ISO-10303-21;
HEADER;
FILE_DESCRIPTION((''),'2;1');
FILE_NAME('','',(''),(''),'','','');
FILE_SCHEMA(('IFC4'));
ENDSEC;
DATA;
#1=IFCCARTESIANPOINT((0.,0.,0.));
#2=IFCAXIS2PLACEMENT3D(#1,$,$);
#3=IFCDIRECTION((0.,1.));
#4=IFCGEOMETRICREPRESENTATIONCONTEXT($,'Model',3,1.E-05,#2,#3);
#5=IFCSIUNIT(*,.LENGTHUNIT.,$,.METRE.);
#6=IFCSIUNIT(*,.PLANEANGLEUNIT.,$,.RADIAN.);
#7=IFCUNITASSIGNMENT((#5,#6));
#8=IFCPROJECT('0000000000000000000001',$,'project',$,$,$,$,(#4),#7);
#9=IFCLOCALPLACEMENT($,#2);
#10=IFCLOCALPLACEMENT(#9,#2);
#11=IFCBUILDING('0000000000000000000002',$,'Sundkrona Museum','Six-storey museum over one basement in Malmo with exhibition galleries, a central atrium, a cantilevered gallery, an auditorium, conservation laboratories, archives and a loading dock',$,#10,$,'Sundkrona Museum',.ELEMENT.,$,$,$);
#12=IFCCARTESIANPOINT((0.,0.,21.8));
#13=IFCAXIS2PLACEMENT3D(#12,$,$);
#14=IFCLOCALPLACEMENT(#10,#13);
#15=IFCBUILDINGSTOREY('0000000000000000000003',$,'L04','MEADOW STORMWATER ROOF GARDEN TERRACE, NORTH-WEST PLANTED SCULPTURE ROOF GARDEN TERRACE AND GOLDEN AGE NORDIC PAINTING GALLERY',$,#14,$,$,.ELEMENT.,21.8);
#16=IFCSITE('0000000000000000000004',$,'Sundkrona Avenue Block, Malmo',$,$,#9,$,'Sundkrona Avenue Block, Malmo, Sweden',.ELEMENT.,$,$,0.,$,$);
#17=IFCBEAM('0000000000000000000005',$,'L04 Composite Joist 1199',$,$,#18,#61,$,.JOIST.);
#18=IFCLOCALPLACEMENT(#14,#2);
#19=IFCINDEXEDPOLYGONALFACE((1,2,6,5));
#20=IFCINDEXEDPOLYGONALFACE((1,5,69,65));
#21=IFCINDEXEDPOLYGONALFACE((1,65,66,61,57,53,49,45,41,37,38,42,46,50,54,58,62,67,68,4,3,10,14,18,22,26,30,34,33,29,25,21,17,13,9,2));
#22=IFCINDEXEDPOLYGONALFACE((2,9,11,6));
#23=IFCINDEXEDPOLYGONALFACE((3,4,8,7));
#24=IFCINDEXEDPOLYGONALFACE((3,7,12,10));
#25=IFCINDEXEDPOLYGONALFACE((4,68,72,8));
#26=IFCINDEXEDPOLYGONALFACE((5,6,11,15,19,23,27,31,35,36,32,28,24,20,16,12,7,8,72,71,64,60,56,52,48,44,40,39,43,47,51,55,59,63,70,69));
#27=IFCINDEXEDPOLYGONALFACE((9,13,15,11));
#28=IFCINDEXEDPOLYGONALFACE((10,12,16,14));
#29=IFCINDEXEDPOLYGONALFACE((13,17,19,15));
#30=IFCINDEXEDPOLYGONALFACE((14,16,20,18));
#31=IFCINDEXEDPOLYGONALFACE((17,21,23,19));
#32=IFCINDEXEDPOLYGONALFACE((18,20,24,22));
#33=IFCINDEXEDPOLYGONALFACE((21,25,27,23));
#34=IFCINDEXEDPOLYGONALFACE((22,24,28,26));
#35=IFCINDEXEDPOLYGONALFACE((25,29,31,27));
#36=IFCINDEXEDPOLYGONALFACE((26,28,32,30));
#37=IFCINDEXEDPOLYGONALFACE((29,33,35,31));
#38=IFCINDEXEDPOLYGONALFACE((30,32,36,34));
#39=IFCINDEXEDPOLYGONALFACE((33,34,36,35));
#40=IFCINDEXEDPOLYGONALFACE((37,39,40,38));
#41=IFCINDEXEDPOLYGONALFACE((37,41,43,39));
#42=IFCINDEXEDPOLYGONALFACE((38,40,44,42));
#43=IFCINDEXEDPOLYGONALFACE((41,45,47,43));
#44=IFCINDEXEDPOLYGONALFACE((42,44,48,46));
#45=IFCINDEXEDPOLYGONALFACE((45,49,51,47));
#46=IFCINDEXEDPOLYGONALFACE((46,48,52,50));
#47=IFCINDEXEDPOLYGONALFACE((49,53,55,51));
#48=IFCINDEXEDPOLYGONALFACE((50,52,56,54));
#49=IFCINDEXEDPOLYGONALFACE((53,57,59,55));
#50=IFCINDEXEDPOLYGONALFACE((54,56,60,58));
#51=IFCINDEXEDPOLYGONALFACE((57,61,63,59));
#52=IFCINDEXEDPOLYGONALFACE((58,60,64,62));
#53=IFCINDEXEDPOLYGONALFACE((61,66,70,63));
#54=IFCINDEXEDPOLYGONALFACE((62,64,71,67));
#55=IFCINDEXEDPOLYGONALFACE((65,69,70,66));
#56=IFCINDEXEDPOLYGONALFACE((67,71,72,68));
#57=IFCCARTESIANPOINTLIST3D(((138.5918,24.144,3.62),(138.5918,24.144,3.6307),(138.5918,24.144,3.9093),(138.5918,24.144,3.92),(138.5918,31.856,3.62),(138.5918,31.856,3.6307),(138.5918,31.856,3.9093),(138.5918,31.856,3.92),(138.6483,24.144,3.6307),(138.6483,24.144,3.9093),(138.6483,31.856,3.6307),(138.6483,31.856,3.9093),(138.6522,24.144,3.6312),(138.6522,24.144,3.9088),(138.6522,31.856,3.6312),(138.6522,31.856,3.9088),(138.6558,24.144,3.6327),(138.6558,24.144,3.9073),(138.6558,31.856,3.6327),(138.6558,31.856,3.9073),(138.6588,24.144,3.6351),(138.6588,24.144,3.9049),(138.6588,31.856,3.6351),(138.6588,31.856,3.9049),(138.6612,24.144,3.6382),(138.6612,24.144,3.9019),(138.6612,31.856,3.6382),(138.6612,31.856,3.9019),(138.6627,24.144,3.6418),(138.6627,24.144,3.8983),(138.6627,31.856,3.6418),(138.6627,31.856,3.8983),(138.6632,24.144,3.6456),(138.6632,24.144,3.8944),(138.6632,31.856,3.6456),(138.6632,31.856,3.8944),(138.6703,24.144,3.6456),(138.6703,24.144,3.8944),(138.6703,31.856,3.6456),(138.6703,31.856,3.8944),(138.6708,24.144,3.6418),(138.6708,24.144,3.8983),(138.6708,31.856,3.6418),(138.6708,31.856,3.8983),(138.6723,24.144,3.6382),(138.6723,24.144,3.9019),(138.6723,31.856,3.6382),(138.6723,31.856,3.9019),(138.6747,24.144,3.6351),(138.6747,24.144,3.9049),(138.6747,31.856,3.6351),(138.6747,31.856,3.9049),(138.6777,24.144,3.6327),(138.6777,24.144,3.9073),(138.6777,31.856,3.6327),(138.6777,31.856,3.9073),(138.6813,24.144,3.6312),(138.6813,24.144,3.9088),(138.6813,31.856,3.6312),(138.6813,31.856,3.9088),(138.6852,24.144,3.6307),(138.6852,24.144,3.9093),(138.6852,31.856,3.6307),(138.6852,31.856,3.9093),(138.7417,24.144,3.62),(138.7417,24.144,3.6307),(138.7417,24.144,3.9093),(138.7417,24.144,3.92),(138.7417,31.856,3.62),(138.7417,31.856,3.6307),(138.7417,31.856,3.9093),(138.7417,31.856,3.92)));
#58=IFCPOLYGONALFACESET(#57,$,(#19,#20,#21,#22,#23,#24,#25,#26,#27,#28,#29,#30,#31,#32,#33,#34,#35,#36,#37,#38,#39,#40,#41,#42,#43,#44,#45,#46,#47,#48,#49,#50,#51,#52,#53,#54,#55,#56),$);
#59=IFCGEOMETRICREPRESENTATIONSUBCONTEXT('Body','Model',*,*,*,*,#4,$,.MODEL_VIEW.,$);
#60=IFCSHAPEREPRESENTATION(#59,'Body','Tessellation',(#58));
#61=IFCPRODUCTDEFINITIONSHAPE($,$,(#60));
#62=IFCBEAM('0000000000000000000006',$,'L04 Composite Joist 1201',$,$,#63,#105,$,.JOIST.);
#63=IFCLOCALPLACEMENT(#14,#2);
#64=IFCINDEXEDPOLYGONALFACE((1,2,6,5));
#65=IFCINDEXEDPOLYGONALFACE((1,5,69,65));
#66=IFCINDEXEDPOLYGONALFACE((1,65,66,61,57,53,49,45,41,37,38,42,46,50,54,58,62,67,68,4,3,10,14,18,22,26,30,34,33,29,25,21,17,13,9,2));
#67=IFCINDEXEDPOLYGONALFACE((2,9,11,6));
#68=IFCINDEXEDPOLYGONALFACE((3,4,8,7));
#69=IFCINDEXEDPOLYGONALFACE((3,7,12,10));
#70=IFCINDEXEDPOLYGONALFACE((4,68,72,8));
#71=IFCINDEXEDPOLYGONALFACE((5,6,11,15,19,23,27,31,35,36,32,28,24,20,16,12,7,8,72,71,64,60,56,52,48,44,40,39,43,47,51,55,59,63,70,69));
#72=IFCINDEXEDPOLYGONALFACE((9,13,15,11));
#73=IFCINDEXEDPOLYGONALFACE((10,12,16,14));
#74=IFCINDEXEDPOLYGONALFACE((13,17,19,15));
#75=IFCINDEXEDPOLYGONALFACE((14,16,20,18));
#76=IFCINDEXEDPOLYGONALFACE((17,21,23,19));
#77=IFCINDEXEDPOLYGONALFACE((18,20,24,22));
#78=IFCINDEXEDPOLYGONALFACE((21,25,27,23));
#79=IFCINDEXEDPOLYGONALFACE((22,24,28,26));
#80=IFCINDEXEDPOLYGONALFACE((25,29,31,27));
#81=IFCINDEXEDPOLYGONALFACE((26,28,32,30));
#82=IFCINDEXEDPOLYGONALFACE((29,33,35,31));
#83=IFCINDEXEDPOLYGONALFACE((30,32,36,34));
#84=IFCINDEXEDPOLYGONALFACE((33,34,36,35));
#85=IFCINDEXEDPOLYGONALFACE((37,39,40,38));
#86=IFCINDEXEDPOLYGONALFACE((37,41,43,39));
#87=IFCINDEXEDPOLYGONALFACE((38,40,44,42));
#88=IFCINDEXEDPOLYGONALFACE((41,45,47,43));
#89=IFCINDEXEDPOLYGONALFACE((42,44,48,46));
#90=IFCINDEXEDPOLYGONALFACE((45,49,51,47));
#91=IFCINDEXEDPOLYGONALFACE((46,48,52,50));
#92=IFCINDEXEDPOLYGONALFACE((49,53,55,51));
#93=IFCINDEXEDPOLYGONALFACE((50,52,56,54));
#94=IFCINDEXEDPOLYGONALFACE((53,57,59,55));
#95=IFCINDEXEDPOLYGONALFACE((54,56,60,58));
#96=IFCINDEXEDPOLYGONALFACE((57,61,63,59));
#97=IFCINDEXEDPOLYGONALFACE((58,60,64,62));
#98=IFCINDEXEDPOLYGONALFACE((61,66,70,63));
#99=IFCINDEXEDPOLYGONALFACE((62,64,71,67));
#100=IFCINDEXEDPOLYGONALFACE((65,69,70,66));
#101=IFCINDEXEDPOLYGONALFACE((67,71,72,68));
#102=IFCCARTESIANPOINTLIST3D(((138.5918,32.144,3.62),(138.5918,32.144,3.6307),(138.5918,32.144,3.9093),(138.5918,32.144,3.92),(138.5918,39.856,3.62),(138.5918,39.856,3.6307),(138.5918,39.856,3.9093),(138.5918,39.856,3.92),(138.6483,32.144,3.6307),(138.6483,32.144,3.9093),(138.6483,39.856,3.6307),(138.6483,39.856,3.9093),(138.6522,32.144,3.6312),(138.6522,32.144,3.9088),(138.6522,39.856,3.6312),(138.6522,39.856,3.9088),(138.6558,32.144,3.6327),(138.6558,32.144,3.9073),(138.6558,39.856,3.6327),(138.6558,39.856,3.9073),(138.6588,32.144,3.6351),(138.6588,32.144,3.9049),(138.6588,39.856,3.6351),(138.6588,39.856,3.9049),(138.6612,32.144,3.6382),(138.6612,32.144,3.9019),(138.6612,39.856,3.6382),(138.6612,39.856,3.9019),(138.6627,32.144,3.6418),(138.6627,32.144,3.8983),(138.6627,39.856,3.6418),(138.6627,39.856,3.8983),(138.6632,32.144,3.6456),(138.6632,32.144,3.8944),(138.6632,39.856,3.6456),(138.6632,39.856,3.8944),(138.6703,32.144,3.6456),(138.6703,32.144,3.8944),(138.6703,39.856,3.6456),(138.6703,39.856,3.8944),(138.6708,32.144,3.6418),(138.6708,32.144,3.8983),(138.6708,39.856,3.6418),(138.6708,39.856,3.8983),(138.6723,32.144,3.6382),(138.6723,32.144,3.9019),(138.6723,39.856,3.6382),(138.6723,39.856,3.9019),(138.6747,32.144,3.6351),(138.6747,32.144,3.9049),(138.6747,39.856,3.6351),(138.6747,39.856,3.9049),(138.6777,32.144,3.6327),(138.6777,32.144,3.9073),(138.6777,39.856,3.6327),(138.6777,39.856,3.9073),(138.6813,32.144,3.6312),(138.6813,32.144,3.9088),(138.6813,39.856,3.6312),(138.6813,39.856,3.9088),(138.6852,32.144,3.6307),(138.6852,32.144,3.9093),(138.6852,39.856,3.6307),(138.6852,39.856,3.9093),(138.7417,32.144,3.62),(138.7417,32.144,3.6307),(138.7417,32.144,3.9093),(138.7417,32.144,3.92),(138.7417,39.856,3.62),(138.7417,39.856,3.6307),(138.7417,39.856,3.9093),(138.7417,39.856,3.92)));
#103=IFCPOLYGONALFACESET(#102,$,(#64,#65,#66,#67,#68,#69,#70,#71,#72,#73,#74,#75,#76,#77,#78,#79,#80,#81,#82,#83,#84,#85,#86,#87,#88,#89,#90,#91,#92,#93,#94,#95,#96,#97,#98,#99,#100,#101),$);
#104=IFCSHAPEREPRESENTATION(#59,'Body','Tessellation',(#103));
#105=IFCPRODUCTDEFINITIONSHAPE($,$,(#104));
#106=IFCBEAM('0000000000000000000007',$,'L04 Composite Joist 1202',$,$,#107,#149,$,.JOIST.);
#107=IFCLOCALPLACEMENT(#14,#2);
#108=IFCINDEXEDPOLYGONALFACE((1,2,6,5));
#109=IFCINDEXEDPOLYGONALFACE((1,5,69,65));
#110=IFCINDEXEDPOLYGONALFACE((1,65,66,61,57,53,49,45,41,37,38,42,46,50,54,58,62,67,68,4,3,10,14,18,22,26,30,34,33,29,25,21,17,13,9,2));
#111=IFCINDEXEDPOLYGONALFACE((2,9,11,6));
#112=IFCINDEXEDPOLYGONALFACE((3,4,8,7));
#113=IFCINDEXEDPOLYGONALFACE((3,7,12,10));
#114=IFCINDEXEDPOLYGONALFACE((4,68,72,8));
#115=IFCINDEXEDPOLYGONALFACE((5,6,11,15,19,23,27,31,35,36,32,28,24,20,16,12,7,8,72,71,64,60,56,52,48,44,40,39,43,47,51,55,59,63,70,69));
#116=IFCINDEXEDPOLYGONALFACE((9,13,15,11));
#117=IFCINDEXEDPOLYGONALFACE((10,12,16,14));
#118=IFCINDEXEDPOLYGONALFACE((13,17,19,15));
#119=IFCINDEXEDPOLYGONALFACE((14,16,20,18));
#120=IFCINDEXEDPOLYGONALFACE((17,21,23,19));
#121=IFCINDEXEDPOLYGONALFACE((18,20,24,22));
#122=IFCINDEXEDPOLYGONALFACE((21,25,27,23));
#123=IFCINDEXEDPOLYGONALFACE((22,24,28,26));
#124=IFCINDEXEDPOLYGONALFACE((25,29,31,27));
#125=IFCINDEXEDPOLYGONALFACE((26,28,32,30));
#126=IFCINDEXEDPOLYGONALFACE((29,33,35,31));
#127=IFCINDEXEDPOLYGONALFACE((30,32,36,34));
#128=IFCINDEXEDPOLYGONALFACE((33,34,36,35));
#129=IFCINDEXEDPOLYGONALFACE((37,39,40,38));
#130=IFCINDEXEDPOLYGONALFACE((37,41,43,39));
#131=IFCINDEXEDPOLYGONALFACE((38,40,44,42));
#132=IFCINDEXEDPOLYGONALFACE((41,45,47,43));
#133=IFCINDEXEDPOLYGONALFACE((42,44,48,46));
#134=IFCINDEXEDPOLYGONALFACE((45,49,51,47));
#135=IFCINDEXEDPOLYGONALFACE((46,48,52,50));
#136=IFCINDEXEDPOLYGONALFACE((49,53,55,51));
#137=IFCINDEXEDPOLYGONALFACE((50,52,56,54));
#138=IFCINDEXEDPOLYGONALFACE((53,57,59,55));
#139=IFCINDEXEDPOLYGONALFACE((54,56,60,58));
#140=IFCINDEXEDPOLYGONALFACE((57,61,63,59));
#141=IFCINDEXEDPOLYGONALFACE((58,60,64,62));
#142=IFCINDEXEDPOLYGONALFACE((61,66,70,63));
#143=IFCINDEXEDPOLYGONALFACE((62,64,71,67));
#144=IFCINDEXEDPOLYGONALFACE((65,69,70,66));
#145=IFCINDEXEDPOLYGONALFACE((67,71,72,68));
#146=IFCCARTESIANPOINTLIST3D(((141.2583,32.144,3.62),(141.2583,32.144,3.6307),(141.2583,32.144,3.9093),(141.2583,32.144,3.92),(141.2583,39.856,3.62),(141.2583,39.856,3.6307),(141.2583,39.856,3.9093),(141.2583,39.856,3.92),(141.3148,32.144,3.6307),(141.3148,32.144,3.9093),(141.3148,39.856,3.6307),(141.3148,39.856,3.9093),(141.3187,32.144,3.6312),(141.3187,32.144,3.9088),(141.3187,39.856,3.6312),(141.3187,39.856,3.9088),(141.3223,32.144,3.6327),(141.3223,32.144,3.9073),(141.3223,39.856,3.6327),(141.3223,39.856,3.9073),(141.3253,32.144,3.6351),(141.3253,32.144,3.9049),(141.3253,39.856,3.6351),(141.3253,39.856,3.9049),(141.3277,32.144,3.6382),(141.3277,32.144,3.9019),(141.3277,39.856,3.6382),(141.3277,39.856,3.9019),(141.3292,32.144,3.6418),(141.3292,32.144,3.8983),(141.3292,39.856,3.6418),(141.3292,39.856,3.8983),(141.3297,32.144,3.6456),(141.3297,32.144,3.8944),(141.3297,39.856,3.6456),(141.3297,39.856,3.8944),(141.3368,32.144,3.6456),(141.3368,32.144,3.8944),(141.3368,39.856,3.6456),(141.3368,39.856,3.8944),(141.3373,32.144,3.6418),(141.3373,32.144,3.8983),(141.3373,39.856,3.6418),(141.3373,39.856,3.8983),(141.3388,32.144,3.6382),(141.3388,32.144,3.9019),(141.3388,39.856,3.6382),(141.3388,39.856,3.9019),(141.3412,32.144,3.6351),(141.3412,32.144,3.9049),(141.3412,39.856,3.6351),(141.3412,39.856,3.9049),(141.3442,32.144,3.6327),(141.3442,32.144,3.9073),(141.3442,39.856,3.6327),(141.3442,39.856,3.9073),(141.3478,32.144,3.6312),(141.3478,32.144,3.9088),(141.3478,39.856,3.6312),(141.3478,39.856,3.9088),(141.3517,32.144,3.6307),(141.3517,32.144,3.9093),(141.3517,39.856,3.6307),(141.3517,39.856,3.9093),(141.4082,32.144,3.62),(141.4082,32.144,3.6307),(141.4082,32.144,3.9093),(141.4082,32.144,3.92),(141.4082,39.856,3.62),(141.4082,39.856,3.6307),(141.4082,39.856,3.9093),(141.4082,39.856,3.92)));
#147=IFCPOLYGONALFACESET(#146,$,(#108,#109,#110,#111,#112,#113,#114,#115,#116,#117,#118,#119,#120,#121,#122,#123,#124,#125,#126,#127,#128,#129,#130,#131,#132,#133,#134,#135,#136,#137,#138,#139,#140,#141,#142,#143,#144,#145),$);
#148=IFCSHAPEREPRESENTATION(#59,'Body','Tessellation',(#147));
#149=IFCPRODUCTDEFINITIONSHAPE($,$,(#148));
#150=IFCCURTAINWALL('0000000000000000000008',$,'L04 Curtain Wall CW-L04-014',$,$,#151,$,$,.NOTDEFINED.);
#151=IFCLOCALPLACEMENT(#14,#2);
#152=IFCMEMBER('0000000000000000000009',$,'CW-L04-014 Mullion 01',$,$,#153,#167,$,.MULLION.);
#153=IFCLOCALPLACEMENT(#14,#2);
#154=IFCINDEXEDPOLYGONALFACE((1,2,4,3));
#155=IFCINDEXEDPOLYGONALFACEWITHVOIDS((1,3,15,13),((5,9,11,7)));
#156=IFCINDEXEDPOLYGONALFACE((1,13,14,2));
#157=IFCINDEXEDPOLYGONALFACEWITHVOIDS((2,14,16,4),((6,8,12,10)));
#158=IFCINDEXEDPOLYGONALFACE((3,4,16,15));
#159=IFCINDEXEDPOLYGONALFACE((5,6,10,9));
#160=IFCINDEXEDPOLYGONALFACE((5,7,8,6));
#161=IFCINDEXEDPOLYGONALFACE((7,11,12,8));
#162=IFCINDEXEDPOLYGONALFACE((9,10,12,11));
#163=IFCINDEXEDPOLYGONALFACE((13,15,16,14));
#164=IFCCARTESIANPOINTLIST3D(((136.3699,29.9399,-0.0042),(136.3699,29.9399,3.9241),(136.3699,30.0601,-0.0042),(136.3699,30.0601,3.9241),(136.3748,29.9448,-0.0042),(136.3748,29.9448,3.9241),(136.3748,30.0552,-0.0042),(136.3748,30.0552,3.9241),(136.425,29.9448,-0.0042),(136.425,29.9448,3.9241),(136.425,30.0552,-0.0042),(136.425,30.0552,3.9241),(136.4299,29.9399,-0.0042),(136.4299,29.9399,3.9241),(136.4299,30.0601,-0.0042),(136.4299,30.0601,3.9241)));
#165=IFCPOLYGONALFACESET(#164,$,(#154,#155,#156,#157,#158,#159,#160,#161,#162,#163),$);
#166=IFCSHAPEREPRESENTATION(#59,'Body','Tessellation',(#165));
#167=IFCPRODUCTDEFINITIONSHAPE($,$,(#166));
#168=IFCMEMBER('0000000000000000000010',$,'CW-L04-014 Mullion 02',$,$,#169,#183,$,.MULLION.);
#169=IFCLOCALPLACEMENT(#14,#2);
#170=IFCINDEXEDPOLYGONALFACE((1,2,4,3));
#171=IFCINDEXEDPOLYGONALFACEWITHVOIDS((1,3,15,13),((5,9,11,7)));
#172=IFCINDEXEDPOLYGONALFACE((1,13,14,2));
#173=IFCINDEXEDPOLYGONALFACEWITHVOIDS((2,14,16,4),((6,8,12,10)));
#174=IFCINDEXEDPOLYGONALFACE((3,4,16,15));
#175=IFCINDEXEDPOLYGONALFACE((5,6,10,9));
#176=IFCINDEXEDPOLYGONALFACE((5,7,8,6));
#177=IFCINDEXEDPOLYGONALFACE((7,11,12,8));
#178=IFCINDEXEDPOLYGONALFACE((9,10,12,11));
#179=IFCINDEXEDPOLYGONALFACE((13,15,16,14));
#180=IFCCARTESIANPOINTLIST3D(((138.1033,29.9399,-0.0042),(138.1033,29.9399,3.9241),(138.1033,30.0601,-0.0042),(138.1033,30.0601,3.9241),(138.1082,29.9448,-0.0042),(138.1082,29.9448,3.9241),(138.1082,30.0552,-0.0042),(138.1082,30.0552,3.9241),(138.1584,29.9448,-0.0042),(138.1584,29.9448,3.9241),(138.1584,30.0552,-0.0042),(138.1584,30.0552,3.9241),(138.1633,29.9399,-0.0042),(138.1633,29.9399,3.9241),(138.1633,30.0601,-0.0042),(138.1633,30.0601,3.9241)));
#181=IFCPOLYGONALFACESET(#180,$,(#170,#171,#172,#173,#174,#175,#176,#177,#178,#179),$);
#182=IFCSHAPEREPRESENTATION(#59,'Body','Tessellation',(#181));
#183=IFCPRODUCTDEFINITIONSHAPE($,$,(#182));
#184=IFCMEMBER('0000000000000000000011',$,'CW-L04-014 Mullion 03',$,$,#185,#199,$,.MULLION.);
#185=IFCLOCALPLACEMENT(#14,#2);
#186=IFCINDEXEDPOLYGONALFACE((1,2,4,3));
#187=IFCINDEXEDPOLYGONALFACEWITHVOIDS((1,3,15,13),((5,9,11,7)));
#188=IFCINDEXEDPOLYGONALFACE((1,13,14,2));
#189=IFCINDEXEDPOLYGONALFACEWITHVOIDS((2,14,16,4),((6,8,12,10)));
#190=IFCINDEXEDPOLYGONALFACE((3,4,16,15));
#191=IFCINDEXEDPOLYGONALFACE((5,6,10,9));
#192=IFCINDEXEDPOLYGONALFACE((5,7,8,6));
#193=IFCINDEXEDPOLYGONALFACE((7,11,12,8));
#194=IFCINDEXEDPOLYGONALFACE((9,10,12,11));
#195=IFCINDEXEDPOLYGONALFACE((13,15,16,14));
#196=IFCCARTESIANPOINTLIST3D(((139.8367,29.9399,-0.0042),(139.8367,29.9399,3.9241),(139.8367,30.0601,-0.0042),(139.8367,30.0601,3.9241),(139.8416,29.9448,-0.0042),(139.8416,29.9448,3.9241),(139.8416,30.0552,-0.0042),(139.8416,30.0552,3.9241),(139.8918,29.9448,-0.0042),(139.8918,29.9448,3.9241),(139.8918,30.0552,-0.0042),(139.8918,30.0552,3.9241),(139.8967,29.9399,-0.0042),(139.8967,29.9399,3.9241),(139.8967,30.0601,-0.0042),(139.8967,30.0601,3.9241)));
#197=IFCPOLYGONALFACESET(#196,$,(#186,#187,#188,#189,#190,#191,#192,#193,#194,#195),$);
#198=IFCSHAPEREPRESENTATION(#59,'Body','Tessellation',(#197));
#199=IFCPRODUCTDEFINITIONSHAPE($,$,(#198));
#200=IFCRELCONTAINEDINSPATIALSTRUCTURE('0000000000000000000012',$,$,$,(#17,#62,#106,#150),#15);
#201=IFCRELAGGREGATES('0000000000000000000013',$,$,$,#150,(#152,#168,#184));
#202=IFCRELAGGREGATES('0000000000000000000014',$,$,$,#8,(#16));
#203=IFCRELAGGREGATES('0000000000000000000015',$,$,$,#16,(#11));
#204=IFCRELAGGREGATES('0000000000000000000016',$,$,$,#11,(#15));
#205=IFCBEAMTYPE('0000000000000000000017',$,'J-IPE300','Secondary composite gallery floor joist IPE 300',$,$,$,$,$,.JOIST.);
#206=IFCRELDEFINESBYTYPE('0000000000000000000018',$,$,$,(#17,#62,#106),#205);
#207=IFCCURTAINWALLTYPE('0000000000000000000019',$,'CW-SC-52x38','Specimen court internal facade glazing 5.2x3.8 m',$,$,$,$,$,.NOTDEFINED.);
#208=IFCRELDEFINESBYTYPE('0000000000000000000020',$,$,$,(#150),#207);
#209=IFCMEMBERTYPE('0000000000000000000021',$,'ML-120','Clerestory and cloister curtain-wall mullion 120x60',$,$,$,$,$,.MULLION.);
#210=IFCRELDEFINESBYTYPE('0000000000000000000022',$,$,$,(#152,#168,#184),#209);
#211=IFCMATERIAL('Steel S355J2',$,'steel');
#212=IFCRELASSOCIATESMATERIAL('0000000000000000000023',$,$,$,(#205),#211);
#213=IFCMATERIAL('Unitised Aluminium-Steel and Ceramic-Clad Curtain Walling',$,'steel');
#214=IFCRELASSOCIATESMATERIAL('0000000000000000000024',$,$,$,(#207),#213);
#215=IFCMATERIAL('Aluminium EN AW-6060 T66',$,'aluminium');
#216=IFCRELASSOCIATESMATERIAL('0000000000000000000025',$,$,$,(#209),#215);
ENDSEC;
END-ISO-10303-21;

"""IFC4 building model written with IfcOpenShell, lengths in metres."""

from ifc_helpers import new_model, si_unit, direction, frame, origin, origin_2d, place, context, subcontext, project, spatial, hollow_rectangle, i_section, extrude, material, material_profile, profile_set, type_object, element, aggregate, save


model = new_model("IFC4")

# Units and contexts
model_context = context("Model", 3, precision=1e-05, world=origin(), true_north=direction((0.0, 1.0)))
body_context = subcontext(model_context, "Body", "Model", "MODEL_VIEW")
ifc_project = project(units=[si_unit("LENGTHUNIT", "METRE"), si_unit("PLANEANGLEUNIT", "RADIAN")], contexts=[model_context])

# Site, building, storey
site_placement = place(None, origin())
site = spatial("IfcSite", under=ifc_project, at=site_placement, Name="Sundkrona Avenue Block, Malmo", LongName="Sundkrona Avenue Block, Malmo, Sweden", CompositionType="ELEMENT", RefElevation=0.0)
building_placement = place(site_placement, origin())
building = spatial("IfcBuilding", under=site, at=building_placement, Name="Sundkrona Museum", Description="Six-storey museum over one basement in Malmo with exhibition galleries, a central atrium, a cantilevered gallery, an auditorium, conservation laboratories, archives and a loading dock", LongName="Sundkrona Museum", CompositionType="ELEMENT")
storey_placement = place(building_placement, frame((0.0, 0.0, 21.8)))
storey = spatial("IfcBuildingStorey", under=building, at=storey_placement, Name="L04", Description="MEADOW STORMWATER ROOF GARDEN TERRACE, NORTH-WEST PLANTED SCULPTURE ROOF GARDEN TERRACE AND GOLDEN AGE NORDIC PAINTING GALLERY", CompositionType="ELEMENT", Elevation=21.8)

# Shared definitions
ifc_material_1 = material(Name="Steel S355J2", Category="steel")

# Beams
ifc_material_profile_1 = material_profile(ifc_material_1, i_section(OverallWidth=0.1499, OverallDepth=0.3, WebThickness=0.0071, FlangeThickness=0.0107, FilletRadius=0.0149, at=origin_2d()), Name="IPE 300")
ifc_profile_set_1 = profile_set([ifc_material_profile_1], Name="Steel S355J2")
beam_type_1 = type_object("IfcBeamType", Name="J-IPE300", Description="Secondary composite gallery floor joist IPE 300", PredefinedType="JOIST", material=ifc_profile_set_1)
for number, where, z_axis, x_axis, name in (
    (1, (138.6667, 24.144, 3.77), (0.0, 1.0, 0.0), (-1.0, 0.0, 0.0), "L04 Composite Joist 1199"),
    (2, (138.6667, 32.144, 3.77), (0.0, 1.0, 0.0), (-1.0, 0.0, 0.0), "L04 Composite Joist 1201"),
    (3, (141.3333, 32.144, 3.77), (0.0, 1.0, 0.0), (-1.0, 0.0, 0.0), "L04 Composite Joist 1202"),
):
    element("IfcBeam", number, at=place(storey_placement, frame(where, z_axis=z_axis, x_axis=x_axis)), inside=storey, type_object=beam_type_1, Name=name, PredefinedType="JOIST", context=body_context, shape_type="SweptSolid", body=[
        extrude(i_section(OverallWidth=0.1499, OverallDepth=0.3, WebThickness=0.0071, FlangeThickness=0.0107, FilletRadius=0.0149, at=origin_2d()), origin(), (0.0, 0.0, 1.0), 7.7119),
    ])

# Curtain wall, members
ifc_material_2 = material(Name="Unitised Aluminium-Steel and Ceramic-Clad Curtain Walling", Category="steel")
curtain_wall_type = type_object("IfcCurtainWallType", Name="CW-SC-52x38", Description="Specimen court internal facade glazing 5.2x3.8 m", PredefinedType="NOTDEFINED", material=ifc_material_2)
curtain_wall_1_placement = place(storey_placement, origin())
curtain_wall_1 = element("IfcCurtainWall", 4, at=curtain_wall_1_placement, inside=storey, type_object=curtain_wall_type, Name="L04 Curtain Wall CW-L04-014", PredefinedType="NOTDEFINED")
ifc_material_3 = material(Name="Aluminium EN AW-6060 T66", Category="aluminium")
ifc_material_profile_2 = material_profile(ifc_material_3, hollow_rectangle(XDim=0.0601, YDim=0.1201, WallThickness=0.0049, at=origin_2d()), Name="RHS 120x60x5.0")
ifc_profile_set_2 = profile_set([ifc_material_profile_2], Name="Aluminium EN AW-6060 T66")
member_type_1 = type_object("IfcMemberType", Name="ML-120", Description="Clerestory and cloister curtain-wall mullion 120x60", PredefinedType="MULLION", material=ifc_profile_set_2)
member_1_placement = place(storey_placement, frame((136.3999, 30.0, -0.0042), z_axis=(0.0, 0.0, 1.0), x_axis=(1.0, 0.0, 0.0)))
member_1 = element("IfcMember", 5, at=member_1_placement, type_object=member_type_1, Name="CW-L04-014 Mullion 01", PredefinedType="MULLION", context=body_context, shape_type="SweptSolid", body=[
    extrude(hollow_rectangle(XDim=0.0601, YDim=0.1201, WallThickness=0.0049, at=origin_2d()), origin(), (0.0, 0.0, 1.0), 3.9282),
])
member_2_placement = place(storey_placement, frame((138.1333, 30.0, -0.0042), z_axis=(0.0, 0.0, 1.0), x_axis=(1.0, 0.0, 0.0)))
member_2 = element("IfcMember", 6, at=member_2_placement, type_object=member_type_1, Name="CW-L04-014 Mullion 02", PredefinedType="MULLION", context=body_context, shape_type="SweptSolid", body=[
    extrude(hollow_rectangle(XDim=0.0601, YDim=0.1201, WallThickness=0.0049, at=origin_2d()), origin(), (0.0, 0.0, 1.0), 3.9282),
])
member_3_placement = place(storey_placement, frame((139.8667, 30.0, -0.0042), z_axis=(0.0, 0.0, 1.0), x_axis=(1.0, 0.0, 0.0)))
member_3 = element("IfcMember", 7, at=member_3_placement, type_object=member_type_1, Name="CW-L04-014 Mullion 03", PredefinedType="MULLION", context=body_context, shape_type="SweptSolid", body=[
    extrude(hollow_rectangle(XDim=0.0601, YDim=0.1201, WallThickness=0.0049, at=origin_2d()), origin(), (0.0, 0.0, 1.0), 3.9282),
])

aggregate(curtain_wall_1, [member_1, member_2, member_3])

save(model, "model.ifc")
